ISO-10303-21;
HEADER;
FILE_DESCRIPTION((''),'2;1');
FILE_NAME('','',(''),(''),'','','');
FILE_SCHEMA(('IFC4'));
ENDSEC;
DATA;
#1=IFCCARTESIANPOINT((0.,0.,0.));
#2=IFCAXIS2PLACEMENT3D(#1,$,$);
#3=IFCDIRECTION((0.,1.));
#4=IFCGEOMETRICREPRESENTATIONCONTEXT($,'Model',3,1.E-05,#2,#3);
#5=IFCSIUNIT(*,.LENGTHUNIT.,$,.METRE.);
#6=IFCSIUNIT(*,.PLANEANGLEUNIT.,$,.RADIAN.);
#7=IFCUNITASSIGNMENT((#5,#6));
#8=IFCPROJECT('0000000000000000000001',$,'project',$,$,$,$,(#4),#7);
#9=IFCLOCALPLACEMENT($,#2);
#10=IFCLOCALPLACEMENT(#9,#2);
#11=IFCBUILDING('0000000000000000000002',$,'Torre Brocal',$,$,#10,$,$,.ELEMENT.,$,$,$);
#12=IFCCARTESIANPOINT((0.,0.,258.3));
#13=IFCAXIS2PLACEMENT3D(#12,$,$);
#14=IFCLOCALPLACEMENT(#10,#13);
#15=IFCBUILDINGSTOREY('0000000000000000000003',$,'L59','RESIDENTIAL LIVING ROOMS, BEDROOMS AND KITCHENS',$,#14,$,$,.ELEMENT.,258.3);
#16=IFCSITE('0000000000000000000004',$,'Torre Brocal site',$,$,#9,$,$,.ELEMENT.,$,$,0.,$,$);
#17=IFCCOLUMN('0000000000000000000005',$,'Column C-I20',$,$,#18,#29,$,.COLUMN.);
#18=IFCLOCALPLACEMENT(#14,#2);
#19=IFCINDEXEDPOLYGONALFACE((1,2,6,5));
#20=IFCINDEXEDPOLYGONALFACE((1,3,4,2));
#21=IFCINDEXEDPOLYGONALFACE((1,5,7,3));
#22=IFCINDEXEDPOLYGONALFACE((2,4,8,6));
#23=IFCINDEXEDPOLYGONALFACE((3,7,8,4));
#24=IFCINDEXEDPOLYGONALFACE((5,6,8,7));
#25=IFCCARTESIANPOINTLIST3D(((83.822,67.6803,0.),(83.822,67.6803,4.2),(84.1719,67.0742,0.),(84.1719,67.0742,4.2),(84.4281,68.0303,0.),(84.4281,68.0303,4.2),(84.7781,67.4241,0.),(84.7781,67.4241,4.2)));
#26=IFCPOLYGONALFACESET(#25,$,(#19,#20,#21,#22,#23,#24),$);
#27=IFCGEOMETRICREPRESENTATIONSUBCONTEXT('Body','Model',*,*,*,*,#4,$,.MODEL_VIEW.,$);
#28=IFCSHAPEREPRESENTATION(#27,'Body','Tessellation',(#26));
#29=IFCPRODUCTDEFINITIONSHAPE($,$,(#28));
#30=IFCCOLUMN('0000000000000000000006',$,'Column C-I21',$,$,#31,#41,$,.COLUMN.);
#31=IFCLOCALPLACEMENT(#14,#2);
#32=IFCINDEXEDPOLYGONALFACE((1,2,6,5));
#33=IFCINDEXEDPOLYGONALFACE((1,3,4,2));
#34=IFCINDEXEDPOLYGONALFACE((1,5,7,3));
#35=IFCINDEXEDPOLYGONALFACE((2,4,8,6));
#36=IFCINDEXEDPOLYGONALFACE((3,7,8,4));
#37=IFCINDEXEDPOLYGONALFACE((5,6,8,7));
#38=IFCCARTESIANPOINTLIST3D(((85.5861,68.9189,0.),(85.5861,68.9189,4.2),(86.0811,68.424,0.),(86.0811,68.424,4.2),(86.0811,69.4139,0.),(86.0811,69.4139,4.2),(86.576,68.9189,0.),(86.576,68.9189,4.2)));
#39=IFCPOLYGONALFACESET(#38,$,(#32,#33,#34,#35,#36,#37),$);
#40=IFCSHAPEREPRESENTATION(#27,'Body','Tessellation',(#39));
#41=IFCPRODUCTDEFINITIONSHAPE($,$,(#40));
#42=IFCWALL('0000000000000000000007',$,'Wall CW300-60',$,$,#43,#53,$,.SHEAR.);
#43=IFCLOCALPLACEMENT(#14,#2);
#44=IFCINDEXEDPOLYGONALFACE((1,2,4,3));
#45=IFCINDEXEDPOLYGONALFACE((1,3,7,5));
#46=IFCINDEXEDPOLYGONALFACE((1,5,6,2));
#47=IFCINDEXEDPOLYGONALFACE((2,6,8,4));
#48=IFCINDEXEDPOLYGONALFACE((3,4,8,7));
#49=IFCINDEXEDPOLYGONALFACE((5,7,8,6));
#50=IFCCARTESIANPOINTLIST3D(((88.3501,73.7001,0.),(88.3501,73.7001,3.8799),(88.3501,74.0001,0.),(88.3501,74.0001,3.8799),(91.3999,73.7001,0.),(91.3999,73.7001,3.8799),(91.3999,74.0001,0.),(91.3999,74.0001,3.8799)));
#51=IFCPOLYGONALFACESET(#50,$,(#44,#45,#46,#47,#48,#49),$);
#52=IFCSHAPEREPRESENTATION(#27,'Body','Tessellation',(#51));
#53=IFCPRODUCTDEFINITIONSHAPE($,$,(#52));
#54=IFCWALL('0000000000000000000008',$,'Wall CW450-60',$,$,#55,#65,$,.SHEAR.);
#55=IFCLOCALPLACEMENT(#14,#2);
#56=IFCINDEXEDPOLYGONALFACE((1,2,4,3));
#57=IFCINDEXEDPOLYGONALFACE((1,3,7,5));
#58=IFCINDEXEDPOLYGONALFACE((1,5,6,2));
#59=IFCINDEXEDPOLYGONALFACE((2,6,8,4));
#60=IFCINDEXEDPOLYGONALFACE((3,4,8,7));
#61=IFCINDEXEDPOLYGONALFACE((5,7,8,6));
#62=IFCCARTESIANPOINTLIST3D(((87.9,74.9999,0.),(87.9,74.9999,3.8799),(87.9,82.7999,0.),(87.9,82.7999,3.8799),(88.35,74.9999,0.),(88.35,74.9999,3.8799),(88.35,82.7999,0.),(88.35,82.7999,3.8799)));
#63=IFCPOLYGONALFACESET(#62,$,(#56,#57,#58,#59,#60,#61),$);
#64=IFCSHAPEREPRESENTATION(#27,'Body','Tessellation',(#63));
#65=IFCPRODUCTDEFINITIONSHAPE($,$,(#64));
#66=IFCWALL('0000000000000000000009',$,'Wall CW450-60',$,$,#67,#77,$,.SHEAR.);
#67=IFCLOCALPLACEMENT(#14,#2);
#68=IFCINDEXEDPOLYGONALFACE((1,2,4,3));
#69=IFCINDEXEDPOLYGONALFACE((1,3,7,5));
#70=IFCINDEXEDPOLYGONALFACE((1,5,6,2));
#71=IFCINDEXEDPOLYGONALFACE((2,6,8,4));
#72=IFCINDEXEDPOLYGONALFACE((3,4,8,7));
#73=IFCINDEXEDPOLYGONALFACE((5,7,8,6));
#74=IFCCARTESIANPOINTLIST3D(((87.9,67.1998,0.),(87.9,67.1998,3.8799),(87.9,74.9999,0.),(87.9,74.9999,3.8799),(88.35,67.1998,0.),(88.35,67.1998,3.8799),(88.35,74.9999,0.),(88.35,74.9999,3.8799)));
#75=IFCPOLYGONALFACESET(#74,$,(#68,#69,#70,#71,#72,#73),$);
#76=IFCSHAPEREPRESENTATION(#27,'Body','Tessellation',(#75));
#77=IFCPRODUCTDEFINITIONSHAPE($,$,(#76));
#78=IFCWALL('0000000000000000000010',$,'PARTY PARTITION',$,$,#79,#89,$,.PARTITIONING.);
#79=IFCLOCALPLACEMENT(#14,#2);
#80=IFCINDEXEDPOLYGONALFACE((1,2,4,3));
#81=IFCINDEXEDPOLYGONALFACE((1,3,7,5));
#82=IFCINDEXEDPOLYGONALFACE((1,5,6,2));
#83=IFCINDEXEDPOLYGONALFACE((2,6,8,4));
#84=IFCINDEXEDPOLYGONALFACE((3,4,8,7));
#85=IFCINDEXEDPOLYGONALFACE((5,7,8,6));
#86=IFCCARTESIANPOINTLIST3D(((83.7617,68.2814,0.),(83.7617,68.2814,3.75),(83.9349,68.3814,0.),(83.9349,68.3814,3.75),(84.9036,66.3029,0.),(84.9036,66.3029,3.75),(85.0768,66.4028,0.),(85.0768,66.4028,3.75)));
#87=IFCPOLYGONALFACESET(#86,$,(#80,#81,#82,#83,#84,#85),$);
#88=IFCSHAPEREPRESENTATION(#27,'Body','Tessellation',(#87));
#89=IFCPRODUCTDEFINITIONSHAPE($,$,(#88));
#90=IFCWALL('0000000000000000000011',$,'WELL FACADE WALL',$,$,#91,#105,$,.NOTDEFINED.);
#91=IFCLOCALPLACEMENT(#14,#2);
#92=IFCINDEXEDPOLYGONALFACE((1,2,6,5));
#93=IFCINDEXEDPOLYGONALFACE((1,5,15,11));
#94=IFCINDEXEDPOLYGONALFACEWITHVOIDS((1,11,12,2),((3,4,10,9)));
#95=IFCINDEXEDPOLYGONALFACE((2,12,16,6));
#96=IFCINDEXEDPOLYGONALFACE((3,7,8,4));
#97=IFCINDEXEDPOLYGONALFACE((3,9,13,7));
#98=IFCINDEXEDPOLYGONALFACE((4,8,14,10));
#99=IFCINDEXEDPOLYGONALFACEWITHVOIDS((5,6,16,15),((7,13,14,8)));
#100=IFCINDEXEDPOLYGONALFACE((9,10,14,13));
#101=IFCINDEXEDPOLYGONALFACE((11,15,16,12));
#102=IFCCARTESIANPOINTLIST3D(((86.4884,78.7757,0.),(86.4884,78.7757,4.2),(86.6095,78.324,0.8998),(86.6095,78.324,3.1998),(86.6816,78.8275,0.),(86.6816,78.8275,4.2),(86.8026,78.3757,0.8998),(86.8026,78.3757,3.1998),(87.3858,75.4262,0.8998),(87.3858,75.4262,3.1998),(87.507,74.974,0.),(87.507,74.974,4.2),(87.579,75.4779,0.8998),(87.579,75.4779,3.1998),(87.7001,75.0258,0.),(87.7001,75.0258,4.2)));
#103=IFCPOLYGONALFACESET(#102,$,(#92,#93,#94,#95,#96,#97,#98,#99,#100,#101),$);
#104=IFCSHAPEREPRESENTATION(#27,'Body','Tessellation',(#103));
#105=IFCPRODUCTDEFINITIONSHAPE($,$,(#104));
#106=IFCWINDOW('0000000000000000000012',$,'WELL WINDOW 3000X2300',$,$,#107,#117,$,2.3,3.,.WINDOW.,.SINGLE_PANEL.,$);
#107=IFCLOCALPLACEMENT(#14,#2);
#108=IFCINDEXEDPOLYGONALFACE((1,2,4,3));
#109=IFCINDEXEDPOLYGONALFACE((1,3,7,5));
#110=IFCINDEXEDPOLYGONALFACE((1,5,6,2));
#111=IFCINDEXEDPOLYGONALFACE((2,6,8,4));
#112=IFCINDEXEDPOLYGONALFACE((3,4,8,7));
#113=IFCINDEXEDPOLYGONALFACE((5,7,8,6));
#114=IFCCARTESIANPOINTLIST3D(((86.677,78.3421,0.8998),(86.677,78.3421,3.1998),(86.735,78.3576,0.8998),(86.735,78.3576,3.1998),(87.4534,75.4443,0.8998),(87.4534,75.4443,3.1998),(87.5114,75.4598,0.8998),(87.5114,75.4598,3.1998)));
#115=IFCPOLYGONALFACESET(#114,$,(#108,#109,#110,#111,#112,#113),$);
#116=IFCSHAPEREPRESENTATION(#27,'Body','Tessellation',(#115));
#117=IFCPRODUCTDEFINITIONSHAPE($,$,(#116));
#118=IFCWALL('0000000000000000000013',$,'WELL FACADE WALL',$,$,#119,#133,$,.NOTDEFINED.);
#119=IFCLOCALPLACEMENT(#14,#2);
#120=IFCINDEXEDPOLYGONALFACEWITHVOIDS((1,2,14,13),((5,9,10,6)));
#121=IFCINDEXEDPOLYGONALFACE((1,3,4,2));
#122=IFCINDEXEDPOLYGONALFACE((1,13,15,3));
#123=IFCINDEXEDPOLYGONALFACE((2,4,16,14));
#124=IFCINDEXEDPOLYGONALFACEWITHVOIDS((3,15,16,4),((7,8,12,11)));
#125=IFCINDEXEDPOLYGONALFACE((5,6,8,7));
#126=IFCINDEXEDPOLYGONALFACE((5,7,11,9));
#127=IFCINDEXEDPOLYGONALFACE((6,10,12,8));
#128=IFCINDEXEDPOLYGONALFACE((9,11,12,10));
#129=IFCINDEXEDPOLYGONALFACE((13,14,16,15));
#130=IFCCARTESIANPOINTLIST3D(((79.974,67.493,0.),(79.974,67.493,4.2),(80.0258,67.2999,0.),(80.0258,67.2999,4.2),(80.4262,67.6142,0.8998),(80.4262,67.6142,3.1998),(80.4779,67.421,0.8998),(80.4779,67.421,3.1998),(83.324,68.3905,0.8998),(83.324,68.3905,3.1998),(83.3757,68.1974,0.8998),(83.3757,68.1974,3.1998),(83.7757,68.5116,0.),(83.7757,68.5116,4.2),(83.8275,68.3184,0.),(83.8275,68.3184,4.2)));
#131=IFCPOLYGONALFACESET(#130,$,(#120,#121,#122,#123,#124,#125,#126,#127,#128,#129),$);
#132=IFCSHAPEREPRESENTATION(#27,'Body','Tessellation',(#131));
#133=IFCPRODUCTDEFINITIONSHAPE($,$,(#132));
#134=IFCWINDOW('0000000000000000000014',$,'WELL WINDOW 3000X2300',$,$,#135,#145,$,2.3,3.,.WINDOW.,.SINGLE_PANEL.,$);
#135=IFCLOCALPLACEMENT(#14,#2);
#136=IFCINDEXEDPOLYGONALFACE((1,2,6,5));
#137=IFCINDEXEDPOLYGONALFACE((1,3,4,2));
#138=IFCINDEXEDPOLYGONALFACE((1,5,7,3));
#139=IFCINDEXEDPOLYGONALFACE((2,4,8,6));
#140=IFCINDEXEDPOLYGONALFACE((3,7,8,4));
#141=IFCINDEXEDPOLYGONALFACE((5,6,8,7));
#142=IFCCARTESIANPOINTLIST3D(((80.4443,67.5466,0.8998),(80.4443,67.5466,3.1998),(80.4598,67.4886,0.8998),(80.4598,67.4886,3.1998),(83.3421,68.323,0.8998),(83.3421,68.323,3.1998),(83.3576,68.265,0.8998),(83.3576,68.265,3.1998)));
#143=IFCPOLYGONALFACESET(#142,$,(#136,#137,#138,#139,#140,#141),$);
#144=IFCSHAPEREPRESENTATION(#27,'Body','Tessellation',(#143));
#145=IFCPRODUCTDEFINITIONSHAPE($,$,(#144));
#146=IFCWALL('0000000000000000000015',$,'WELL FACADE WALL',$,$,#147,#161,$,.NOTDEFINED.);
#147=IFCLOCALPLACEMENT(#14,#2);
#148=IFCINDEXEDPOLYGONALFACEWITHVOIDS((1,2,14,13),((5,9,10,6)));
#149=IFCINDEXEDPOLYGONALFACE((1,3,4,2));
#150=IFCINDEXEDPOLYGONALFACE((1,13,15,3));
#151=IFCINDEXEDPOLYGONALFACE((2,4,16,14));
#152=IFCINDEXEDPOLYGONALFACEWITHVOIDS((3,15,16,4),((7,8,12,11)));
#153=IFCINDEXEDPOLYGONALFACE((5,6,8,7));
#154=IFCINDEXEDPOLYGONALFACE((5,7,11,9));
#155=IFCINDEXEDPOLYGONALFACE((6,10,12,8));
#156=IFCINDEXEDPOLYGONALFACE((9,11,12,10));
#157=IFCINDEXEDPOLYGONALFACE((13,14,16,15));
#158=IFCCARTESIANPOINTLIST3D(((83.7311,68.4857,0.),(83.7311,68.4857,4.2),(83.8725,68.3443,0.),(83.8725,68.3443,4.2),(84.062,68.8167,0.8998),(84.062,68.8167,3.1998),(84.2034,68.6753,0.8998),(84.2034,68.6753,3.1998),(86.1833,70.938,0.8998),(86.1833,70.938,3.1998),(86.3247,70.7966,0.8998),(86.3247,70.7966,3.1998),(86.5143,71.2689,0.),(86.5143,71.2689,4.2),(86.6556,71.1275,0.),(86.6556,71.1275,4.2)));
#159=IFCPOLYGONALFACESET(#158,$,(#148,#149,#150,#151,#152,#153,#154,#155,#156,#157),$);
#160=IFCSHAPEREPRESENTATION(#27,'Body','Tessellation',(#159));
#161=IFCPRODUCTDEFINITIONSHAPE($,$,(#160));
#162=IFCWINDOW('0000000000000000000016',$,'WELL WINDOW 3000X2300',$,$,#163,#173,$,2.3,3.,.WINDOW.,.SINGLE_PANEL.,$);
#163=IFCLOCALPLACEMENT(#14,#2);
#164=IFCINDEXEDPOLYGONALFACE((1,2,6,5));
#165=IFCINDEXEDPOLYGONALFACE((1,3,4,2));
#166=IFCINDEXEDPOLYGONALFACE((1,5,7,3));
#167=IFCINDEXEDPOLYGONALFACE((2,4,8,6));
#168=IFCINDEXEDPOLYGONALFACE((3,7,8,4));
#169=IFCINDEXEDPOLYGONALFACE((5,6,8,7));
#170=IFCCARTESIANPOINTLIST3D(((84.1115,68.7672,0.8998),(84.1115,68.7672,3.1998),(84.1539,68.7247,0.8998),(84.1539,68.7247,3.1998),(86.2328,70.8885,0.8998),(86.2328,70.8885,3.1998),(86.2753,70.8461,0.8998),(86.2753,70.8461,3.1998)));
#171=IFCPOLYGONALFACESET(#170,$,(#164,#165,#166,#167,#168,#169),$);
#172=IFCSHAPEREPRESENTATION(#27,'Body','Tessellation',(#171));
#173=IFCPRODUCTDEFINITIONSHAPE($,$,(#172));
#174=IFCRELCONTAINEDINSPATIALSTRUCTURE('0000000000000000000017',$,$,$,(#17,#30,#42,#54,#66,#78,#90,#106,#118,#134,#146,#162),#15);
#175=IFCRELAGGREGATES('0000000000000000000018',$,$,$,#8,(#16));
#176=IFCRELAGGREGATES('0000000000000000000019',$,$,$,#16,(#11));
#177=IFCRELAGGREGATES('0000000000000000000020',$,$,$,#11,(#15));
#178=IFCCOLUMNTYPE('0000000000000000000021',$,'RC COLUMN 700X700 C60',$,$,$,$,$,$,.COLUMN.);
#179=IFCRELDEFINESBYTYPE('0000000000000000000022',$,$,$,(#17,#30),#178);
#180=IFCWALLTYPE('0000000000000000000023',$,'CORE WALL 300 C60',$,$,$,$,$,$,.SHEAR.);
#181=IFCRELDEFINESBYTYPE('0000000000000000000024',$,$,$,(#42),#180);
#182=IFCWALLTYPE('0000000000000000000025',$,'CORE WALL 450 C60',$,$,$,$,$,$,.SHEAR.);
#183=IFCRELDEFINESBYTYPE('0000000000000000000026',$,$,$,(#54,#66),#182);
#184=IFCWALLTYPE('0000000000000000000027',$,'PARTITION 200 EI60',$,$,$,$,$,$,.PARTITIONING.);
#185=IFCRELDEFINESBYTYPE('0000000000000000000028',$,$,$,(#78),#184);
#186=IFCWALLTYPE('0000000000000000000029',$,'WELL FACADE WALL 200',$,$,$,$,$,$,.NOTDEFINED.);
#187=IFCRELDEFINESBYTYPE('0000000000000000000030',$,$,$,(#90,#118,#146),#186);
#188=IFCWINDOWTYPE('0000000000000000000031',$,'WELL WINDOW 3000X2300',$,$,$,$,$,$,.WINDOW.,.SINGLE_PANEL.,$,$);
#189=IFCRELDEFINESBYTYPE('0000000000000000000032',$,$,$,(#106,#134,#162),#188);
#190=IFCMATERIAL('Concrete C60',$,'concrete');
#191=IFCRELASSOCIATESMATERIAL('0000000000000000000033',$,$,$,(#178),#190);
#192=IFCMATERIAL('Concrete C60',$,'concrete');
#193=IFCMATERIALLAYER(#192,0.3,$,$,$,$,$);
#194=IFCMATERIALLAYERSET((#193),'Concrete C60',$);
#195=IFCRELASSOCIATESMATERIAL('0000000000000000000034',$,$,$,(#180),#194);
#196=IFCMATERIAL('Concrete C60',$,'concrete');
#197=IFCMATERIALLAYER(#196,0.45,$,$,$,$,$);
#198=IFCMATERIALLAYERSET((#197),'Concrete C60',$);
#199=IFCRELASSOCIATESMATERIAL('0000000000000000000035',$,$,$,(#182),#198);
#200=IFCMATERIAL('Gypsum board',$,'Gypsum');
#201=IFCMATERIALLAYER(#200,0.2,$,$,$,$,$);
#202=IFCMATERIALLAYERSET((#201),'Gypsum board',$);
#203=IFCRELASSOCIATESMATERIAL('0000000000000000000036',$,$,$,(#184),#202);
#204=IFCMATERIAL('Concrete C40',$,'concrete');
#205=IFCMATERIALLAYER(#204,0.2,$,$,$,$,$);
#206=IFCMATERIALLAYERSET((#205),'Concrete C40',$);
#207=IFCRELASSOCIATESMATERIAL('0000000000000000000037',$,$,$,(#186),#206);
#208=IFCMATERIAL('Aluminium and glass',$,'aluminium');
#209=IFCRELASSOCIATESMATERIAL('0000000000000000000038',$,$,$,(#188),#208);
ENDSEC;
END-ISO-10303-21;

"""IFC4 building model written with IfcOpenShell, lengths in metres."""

from ifc_helpers import new_model, si_unit, direction, frame, frame_2d, origin, origin_2d, place, context, subcontext, project, spatial, rectangle, extrude, material, layer, layer_set, material_profile, profile_set, type_object, element, fill, save


model = new_model("IFC4")

# Units and contexts
model_context = context("Model", 3, precision=1e-05, world=origin(), true_north=direction((0.0, 1.0)))
body_context = subcontext(model_context, "Body", "Model", "MODEL_VIEW")
ifc_project = project(units=[si_unit("LENGTHUNIT", "METRE"), si_unit("PLANEANGLEUNIT", "RADIAN")], contexts=[model_context])

# Site, building, storey
site_placement = place(None, origin())
site = spatial("IfcSite", under=ifc_project, at=site_placement, Name="Torre Brocal site", CompositionType="ELEMENT", RefElevation=0.0)
building_placement = place(site_placement, origin())
building = spatial("IfcBuilding", under=site, at=building_placement, Name="Torre Brocal", CompositionType="ELEMENT")
storey_placement = place(building_placement, frame((0.0, 0.0, 258.3)))
storey = spatial("IfcBuildingStorey", under=building, at=storey_placement, Name="L59", Description="RESIDENTIAL LIVING ROOMS, BEDROOMS AND KITCHENS", CompositionType="ELEMENT", Elevation=258.3)

# Columns
ifc_material_1 = material(Name="Concrete C60", Category="concrete")
ifc_material_profile = material_profile(ifc_material_1, rectangle(XDim=0.7, YDim=0.7, at=origin_2d()), Name="RC 700X700")
ifc_profile_set = profile_set([ifc_material_profile], Name="Concrete C60")
column_type = type_object("IfcColumnType", Name="RC COLUMN 700X700 C60", PredefinedType="COLUMN", material=ifc_profile_set)
for number, where, z_axis, x_axis, name in (
    (1, (84.3, 67.5522, 0.0), (0.0, 0.0, 1.0), (0.5, -0.866025, 0.0), "Column C-I20"),
    (2, (86.0811, 68.9189, 0.0), (0.0, 0.0, 1.0), (0.707107, -0.707107, 0.0), "Column C-I21"),
):
    element("IfcColumn", number, at=place(storey_placement, frame(where, z_axis=z_axis, x_axis=x_axis)), inside=storey, type_object=column_type, Name=name, PredefinedType="COLUMN", context=body_context, shape_type="SweptSolid", body=[
        extrude(rectangle(XDim=0.7, YDim=0.7, at=origin_2d()), origin(), (0.0, 0.0, 1.0), 4.2),
    ])

# Walls
ifc_material_2 = material(Name="Concrete C60", Category="concrete")
ifc_layer_1 = layer(ifc_material_2, 0.3)
ifc_layer_set_1 = layer_set([ifc_layer_1], Name="Concrete C60")
wall_type_1 = type_object("IfcWallType", Name="CORE WALL 300 C60", PredefinedType="SHEAR", material=ifc_layer_set_1)
wall_1_placement = place(storey_placement, frame((88.3501, 73.8501, 0.0), z_axis=(0.0, 0.0, 1.0), x_axis=(1.0, 0.0, 0.0)))
element("IfcWall", 3, at=wall_1_placement, inside=storey, type_object=wall_type_1, Name="Wall CW300-60", PredefinedType="SHEAR", context=body_context, shape_type="SweptSolid", body=[
    extrude(rectangle(XDim=3.0498, YDim=0.3, at=frame_2d((1.5249, 0.0))), origin(), (0.0, 0.0, 1.0), 3.8799),
])
ifc_material_3 = material(Name="Concrete C60", Category="concrete")
ifc_layer_2 = layer(ifc_material_3, 0.45)
ifc_layer_set_2 = layer_set([ifc_layer_2], Name="Concrete C60")
wall_type_2 = type_object("IfcWallType", Name="CORE WALL 450 C60", PredefinedType="SHEAR", material=ifc_layer_set_2)
for number, where, z_axis, x_axis, name in (
    (4, (88.125, 75.0, 0.0), (0.0, 0.0, 1.0), (0.0, 1.0, 0.0), "Wall CW450-60"),
    (5, (88.125, 67.2, 0.0), (0.0, 0.0, 1.0), (0.0, 1.0, 0.0), "Wall CW450-60"),
):
    element("IfcWall", number, at=place(storey_placement, frame(where, z_axis=z_axis, x_axis=x_axis)), inside=storey, type_object=wall_type_2, Name=name, PredefinedType="SHEAR", context=body_context, shape_type="SweptSolid", body=[
        extrude(rectangle(XDim=7.8, YDim=0.45, at=frame_2d((3.8999, 0.0))), origin(), (0.0, 0.0, 1.0), 3.8799),
    ])
ifc_material_4 = material(Name="Gypsum board", Category="Gypsum")
ifc_layer_3 = layer(ifc_material_4, 0.2)
ifc_layer_set_3 = layer_set([ifc_layer_3], Name="Gypsum board")
wall_type_3 = type_object("IfcWallType", Name="PARTITION 200 EI60", PredefinedType="PARTITIONING", material=ifc_layer_set_3)
wall_2_placement = place(storey_placement, frame((83.8484, 68.3313, 0.0), z_axis=(0.0, 0.0, 1.0), x_axis=(0.499852, -0.866111, 0.0)))
element("IfcWall", 6, at=wall_2_placement, inside=storey, type_object=wall_type_3, Name="PARTY PARTITION", PredefinedType="PARTITIONING", context=body_context, shape_type="SweptSolid", body=[
    extrude(rectangle(XDim=2.2844, YDim=0.2, at=frame_2d((1.1421, 0.0))), origin(), (0.0, 0.0, 1.0), 3.75),
])

# Walls, openings, windows
ifc_material_5 = material(Name="Concrete C40", Category="concrete")
ifc_layer_4 = layer(ifc_material_5, 0.2)
ifc_layer_set_4 = layer_set([ifc_layer_4], Name="Concrete C40")
wall_type_4 = type_object("IfcWallType", Name="WELL FACADE WALL 200", PredefinedType="NOTDEFINED", material=ifc_layer_set_4)
wall_3_placement = place(storey_placement, frame((87.6035, 75.0, 0.0), z_axis=(0.0, 0.0, 1.0), x_axis=(-0.25879, 0.965934, 0.0)))
wall_3 = element("IfcWall", 7, at=wall_3_placement, inside=storey, type_object=wall_type_4, Name="WELL FACADE WALL", PredefinedType="NOTDEFINED", context=body_context, shape_type="SweptSolid", body=[
    extrude(rectangle(XDim=3.9358, YDim=0.2, at=frame_2d((1.9678, 0.0))), origin(), (0.0, 0.0, 1.0), 4.2),
])
opening_1_placement = place(wall_3_placement, frame((0.468, 0.0, 0.8999)))
opening_1 = element("IfcOpeningElement", 8, at=opening_1_placement, cuts=wall_3, PredefinedType="OPENING", context=body_context, shape_type="SweptSolid", body=[
    extrude(rectangle(XDim=3.0, YDim=2.3, at=frame_2d((1.5, 1.1499))), frame((0.0, 0.1099, 0.0), z_axis=(0.0, -1.0, 0.0), x_axis=(1.0, 0.0, 0.0)), (0.0, 0.0, 1.0), 0.22),
])
ifc_material_6 = material(Name="Aluminium and glass", Category="aluminium")
window_type = type_object("IfcWindowType", Name="WELL WINDOW 3000X2300", PartitioningType="SINGLE_PANEL", PredefinedType="WINDOW", material=ifc_material_6)
window_1_placement = place(opening_1_placement, origin())
window_1 = element("IfcWindow", 9, at=window_1_placement, inside=storey, type_object=window_type, Name="WELL WINDOW 3000X2300", OverallHeight=2.3, OverallWidth=3.0, PartitioningType="SINGLE_PANEL", PredefinedType="WINDOW", context=body_context, shape_type="SweptSolid", body=[
    extrude(rectangle(XDim=3.0, YDim=2.3, at=frame_2d((1.5, 1.1499))), frame((0.0, 0.03, 0.0), z_axis=(0.0, -1.0, 0.0), x_axis=(1.0, 0.0, 0.0)), (0.0, 0.0, 1.0), 0.0601),
])
fill(opening_1, window_1)
wall_4_placement = place(storey_placement, frame((80.0, 67.3965, 0.0), z_axis=(0.0, 0.0, 1.0), x_axis=(0.965934, 0.25879, 0.0)))
wall_4 = element("IfcWall", 10, at=wall_4_placement, inside=storey, type_object=wall_type_4, Name="WELL FACADE WALL", PredefinedType="NOTDEFINED", context=body_context, shape_type="SweptSolid", body=[
    extrude(rectangle(XDim=3.9358, YDim=0.2, at=frame_2d((1.9678, 0.0))), origin(), (0.0, 0.0, 1.0), 4.2),
])
opening_2_placement = place(wall_4_placement, frame((0.468, 0.0, 0.8999)))
opening_2 = element("IfcOpeningElement", 11, at=opening_2_placement, cuts=wall_4, PredefinedType="OPENING", context=body_context, shape_type="SweptSolid", body=[
    extrude(rectangle(XDim=3.0, YDim=2.3, at=frame_2d((1.5, 1.1499))), frame((0.0, 0.1099, 0.0), z_axis=(0.0, -1.0, 0.0), x_axis=(1.0, 0.0, 0.0)), (0.0, 0.0, 1.0), 0.22),
])
window_2_placement = place(opening_2_placement, origin())
window_2 = element("IfcWindow", 12, at=window_2_placement, inside=storey, type_object=window_type, Name="WELL WINDOW 3000X2300", OverallHeight=2.3, OverallWidth=3.0, PartitioningType="SINGLE_PANEL", PredefinedType="WINDOW", context=body_context, shape_type="SweptSolid", body=[
    extrude(rectangle(XDim=3.0, YDim=2.3, at=frame_2d((1.5, 1.1499))), frame((0.0, 0.03, 0.0), z_axis=(0.0, -1.0, 0.0), x_axis=(1.0, 0.0, 0.0)), (0.0, 0.0, 1.0), 0.0601),
])
fill(opening_2, window_2)
wall_5_placement = place(storey_placement, frame((83.8018, 68.415, 0.0), z_axis=(0.0, 0.0, 1.0), x_axis=(0.707107, 0.707107, 0.0)))
wall_5 = element("IfcWall", 13, at=wall_5_placement, inside=storey, type_object=wall_type_4, Name="WELL FACADE WALL", PredefinedType="NOTDEFINED", context=body_context, shape_type="SweptSolid", body=[
    extrude(rectangle(XDim=3.936, YDim=0.2, at=frame_2d((1.968, 0.0))), origin(), (0.0, 0.0, 1.0), 4.2),
])
opening_3_placement = place(wall_5_placement, frame((0.468, 0.0, 0.8999)))
opening_3 = element("IfcOpeningElement", 14, at=opening_3_placement, cuts=wall_5, PredefinedType="OPENING", context=body_context, shape_type="SweptSolid", body=[
    extrude(rectangle(XDim=3.0, YDim=2.3, at=frame_2d((1.5, 1.1499))), frame((0.0, 0.1099, 0.0), z_axis=(0.0, -1.0, 0.0), x_axis=(1.0, 0.0, 0.0)), (0.0, 0.0, 1.0), 0.22),
])
window_3_placement = place(opening_3_placement, origin())
window_3 = element("IfcWindow", 15, at=window_3_placement, inside=storey, type_object=window_type, Name="WELL WINDOW 3000X2300", OverallHeight=2.3, OverallWidth=3.0, PartitioningType="SINGLE_PANEL", PredefinedType="WINDOW", context=body_context, shape_type="SweptSolid", body=[
    extrude(rectangle(XDim=3.0, YDim=2.3, at=frame_2d((1.5, 1.1499))), frame((0.0, 0.03, 0.0), z_axis=(0.0, -1.0, 0.0), x_axis=(1.0, 0.0, 0.0)), (0.0, 0.0, 1.0), 0.0601),
])
fill(opening_3, window_3)

save(model, "model.ifc")
